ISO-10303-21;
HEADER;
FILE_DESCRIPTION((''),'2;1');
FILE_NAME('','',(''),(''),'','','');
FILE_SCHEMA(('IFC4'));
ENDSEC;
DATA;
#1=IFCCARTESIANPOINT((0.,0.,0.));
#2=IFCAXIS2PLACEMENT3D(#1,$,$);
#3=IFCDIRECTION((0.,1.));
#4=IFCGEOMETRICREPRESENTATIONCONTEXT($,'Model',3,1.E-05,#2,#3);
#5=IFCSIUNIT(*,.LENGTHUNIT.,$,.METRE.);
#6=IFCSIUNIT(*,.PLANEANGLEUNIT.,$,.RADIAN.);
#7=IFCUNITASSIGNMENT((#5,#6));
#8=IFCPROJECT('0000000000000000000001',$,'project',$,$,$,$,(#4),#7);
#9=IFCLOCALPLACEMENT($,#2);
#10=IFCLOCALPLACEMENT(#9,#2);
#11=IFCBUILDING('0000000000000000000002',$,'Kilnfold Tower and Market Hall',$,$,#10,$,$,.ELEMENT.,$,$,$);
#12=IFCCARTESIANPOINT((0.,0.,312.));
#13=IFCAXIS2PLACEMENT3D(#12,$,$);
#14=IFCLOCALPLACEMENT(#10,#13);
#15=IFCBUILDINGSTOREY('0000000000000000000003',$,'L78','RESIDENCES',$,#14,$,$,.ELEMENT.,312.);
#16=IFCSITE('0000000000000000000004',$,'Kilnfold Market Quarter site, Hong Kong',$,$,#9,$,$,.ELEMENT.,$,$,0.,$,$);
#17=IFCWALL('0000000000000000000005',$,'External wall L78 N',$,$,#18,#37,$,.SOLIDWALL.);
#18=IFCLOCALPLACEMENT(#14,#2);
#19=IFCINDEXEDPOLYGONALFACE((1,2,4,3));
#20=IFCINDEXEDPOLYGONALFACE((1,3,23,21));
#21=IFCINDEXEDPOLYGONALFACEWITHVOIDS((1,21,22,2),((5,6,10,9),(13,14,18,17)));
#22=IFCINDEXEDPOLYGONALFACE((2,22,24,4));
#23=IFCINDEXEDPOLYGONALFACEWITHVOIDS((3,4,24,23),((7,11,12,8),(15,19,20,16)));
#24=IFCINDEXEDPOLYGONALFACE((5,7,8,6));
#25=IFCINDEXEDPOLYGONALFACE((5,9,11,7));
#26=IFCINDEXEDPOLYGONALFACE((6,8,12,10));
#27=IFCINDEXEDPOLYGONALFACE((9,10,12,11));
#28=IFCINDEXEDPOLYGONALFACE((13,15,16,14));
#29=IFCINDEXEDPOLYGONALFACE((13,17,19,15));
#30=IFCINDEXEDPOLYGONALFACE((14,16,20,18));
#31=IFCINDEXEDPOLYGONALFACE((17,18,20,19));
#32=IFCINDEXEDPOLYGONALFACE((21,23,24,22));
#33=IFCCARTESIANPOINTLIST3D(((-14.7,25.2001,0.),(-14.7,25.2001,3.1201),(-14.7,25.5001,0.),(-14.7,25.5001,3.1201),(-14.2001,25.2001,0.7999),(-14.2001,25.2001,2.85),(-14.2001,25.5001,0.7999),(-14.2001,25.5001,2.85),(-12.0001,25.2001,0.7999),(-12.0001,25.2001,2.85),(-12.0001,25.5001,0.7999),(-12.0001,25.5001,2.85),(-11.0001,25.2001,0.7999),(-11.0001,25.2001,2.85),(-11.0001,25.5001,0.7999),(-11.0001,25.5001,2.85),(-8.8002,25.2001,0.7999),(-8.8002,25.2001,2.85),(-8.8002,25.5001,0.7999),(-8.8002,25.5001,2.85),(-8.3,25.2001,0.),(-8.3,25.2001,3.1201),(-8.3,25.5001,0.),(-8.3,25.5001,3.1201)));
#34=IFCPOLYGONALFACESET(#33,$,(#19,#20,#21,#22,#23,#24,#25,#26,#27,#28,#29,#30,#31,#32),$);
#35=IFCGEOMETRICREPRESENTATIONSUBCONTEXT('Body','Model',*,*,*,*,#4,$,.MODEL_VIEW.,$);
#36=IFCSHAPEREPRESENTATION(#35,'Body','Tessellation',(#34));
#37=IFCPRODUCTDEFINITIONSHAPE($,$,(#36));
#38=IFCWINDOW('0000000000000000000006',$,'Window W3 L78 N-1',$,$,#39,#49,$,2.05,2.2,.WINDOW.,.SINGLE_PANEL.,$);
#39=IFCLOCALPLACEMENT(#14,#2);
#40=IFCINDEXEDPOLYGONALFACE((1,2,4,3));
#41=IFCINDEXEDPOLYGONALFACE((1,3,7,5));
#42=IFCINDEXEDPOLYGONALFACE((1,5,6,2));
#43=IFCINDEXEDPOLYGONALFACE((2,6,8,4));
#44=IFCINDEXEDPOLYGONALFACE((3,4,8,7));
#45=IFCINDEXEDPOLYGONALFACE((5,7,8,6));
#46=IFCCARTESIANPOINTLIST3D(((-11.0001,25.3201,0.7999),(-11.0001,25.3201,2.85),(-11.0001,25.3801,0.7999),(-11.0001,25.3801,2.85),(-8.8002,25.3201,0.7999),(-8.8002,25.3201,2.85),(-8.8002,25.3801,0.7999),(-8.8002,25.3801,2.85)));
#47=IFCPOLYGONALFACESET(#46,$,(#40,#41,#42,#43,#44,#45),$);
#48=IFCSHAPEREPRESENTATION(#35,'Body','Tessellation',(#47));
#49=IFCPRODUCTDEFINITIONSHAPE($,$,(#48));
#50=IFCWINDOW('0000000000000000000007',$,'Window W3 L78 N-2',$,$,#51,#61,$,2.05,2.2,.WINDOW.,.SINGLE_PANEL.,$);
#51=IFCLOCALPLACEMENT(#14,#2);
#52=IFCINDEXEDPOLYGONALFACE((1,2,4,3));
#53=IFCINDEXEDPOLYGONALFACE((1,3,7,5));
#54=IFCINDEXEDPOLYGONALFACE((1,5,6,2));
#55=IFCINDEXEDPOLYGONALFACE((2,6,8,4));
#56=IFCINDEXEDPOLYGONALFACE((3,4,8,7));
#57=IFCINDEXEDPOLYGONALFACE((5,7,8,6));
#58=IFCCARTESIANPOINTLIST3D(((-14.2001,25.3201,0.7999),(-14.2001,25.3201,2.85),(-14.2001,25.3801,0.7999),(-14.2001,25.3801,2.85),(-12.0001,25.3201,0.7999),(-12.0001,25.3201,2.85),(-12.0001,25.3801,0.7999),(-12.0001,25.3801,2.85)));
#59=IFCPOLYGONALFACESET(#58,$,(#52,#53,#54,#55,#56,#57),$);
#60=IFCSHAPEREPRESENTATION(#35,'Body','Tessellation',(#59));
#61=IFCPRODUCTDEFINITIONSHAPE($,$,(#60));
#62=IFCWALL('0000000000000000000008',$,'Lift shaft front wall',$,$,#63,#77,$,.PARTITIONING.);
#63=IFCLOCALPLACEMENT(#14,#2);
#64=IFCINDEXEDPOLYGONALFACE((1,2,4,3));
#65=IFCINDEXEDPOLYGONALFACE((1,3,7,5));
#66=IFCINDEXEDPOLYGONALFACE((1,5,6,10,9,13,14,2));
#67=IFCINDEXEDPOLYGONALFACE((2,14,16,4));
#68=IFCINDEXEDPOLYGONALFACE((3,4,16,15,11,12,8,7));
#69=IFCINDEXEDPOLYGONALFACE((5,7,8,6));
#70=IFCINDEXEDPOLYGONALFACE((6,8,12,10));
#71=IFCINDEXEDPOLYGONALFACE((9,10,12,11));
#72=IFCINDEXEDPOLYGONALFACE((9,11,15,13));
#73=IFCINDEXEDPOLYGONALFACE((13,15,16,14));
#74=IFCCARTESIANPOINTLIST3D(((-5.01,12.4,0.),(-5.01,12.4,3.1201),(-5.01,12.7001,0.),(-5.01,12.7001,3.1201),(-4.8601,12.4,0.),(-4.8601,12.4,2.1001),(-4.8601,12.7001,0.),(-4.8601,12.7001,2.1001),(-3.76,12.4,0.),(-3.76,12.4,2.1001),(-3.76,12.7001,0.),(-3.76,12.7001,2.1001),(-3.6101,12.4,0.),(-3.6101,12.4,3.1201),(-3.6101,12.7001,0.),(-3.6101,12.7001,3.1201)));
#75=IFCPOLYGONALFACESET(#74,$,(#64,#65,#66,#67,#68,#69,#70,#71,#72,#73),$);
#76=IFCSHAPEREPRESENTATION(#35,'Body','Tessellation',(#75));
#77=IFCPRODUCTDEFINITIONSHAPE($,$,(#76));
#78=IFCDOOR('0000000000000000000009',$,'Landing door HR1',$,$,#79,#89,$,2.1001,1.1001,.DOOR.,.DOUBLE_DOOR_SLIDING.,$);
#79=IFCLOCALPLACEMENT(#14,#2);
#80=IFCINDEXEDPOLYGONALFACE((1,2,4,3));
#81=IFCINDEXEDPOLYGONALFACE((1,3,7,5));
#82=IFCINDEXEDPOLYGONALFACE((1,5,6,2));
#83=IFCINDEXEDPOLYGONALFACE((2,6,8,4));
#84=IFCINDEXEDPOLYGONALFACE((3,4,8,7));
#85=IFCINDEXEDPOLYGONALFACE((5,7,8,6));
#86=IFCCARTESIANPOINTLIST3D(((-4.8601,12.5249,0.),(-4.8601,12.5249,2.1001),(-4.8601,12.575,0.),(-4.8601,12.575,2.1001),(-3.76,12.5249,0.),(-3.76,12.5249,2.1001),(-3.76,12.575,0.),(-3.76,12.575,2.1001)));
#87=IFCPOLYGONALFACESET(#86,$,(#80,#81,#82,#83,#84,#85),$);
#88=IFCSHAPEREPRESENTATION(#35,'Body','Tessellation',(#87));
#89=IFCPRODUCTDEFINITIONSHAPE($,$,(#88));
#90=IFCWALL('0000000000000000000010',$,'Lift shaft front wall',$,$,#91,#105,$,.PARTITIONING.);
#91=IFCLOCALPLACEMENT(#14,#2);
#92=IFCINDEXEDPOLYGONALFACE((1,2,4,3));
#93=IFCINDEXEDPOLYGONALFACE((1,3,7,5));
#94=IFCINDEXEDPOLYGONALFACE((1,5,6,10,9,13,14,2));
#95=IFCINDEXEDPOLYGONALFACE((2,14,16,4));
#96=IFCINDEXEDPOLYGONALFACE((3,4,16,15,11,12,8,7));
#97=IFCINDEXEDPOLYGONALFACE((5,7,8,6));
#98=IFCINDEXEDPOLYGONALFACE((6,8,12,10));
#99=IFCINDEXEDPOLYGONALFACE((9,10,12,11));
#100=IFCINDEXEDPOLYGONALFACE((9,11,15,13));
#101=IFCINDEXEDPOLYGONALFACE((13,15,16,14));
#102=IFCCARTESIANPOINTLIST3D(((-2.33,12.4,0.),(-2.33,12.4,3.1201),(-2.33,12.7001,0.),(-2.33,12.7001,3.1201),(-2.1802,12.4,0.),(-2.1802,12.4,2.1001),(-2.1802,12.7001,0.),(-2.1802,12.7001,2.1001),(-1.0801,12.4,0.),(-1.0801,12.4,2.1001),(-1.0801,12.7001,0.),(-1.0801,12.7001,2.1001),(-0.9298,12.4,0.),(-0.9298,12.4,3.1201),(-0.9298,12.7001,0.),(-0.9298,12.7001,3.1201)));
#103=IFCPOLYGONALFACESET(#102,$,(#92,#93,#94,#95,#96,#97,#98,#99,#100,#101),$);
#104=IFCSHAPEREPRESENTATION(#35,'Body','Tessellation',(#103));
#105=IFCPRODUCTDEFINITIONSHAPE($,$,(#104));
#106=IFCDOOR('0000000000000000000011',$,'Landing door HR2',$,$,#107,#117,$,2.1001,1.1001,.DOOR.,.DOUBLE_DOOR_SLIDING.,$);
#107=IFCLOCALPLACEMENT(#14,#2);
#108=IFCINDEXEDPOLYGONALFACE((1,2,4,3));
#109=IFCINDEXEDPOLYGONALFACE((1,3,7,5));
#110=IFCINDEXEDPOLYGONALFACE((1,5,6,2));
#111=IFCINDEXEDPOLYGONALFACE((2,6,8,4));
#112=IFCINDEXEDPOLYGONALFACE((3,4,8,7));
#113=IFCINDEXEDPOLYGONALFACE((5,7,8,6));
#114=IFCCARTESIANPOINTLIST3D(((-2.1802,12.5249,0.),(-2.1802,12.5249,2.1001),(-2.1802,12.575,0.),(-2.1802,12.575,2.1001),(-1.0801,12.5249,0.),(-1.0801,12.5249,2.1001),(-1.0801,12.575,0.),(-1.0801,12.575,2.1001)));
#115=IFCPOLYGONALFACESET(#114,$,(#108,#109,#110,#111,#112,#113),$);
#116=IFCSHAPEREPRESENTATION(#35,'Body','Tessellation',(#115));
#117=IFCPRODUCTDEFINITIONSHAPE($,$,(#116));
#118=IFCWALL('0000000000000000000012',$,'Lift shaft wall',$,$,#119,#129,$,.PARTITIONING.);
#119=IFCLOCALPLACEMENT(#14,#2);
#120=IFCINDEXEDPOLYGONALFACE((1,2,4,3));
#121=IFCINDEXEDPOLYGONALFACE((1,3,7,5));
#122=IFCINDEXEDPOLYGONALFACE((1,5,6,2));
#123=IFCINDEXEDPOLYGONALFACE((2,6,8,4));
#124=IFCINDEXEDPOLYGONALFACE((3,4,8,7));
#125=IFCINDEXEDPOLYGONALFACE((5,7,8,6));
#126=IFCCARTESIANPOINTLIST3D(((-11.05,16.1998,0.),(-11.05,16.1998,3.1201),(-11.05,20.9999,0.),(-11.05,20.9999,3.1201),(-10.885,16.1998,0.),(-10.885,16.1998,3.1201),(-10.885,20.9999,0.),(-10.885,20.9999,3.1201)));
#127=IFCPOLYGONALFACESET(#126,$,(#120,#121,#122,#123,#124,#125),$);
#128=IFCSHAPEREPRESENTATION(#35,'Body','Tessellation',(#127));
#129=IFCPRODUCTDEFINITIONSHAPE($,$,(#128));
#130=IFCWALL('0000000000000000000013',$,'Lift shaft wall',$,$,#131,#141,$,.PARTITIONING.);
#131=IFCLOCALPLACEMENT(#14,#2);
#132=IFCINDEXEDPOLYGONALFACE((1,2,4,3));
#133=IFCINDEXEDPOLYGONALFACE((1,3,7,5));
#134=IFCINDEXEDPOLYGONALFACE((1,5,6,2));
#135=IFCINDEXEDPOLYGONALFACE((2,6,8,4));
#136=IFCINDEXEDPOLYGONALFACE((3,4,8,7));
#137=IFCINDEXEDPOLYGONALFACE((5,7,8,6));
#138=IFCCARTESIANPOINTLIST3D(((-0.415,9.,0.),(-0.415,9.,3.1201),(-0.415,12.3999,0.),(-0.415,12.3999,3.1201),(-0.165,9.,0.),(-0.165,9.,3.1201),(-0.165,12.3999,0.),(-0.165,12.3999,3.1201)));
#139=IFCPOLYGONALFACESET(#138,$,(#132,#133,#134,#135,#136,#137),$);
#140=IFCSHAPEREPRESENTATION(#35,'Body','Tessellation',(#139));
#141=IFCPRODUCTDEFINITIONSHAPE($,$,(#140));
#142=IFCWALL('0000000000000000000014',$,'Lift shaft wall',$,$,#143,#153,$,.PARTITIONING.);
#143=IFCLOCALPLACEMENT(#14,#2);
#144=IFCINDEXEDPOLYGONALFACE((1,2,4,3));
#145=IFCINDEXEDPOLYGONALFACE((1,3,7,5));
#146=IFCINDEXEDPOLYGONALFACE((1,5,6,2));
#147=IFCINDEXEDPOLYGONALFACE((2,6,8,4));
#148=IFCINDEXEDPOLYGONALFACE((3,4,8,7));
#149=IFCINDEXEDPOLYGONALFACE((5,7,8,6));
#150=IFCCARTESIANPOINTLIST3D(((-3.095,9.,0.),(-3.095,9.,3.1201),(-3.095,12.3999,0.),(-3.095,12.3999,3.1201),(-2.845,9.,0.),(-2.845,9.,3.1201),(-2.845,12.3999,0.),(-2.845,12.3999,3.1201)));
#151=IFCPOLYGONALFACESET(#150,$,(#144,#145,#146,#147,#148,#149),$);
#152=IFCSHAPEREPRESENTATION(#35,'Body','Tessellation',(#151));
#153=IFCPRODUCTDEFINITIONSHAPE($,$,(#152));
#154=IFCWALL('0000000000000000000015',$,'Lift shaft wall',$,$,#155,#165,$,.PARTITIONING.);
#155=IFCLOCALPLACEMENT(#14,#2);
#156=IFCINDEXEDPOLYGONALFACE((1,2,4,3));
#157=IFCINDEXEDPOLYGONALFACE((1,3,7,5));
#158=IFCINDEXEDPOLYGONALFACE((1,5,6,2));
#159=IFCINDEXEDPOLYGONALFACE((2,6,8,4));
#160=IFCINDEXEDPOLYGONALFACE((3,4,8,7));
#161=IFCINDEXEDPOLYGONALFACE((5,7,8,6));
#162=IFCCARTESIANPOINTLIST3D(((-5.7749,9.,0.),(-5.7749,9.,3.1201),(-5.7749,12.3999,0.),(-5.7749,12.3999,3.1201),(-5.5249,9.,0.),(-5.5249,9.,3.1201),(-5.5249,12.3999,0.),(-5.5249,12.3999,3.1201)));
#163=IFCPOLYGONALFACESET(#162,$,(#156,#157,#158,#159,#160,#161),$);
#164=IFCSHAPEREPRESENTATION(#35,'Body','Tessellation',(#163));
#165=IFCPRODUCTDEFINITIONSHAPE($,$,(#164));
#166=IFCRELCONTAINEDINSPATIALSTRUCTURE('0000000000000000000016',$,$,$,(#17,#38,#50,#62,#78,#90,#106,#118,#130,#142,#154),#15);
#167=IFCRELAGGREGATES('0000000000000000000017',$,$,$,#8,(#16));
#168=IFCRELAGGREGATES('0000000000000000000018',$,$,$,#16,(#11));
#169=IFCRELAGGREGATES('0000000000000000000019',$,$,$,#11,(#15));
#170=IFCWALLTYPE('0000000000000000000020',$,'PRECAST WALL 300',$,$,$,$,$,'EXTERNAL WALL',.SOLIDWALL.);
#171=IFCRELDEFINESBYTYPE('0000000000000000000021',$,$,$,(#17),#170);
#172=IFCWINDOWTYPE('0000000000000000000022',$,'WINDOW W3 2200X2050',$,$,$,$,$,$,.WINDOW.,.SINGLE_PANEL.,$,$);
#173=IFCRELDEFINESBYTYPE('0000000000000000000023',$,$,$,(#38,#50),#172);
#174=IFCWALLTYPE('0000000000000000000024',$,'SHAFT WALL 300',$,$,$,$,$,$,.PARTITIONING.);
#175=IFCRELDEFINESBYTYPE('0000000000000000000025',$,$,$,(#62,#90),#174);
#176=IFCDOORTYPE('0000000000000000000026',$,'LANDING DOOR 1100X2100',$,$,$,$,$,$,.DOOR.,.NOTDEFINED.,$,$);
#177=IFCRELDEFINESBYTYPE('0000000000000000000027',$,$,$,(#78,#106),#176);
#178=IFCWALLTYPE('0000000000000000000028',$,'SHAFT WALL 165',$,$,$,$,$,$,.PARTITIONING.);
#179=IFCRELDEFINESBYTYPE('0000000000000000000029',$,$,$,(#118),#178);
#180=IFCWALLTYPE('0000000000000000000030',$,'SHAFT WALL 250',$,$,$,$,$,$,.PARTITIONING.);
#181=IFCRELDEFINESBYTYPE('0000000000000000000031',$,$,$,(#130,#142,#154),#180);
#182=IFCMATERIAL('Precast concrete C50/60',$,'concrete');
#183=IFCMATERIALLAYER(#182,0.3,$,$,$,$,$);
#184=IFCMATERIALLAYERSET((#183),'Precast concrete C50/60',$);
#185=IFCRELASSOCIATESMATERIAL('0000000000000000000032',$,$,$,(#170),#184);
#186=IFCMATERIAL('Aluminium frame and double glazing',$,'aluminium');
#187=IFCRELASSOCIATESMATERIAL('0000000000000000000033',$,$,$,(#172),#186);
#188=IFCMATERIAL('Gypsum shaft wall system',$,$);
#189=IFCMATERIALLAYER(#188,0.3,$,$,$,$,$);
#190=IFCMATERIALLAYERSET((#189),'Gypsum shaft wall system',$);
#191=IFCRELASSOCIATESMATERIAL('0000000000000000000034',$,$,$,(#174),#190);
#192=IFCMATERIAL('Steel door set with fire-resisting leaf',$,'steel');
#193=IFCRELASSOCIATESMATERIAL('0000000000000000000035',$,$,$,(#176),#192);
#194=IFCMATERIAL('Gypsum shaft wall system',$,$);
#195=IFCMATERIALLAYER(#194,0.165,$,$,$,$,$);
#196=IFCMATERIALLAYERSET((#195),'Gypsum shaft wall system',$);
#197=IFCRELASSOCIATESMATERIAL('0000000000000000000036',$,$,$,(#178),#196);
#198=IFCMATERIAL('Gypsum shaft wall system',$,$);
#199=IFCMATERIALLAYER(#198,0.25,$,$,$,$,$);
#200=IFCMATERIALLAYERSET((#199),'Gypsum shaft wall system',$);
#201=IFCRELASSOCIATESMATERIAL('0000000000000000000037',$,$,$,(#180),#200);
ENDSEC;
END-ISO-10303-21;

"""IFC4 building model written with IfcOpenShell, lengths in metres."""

from ifc_helpers import new_model, si_unit, direction, frame, frame_2d, origin, place, context, subcontext, project, spatial, rectangle, extrude, source, transform, mapped, material, layer, layer_set, type_object, element, fill, save


model = new_model("IFC4")

# Units and contexts
model_context = context("Model", 3, precision=1e-05, world=origin(), true_north=direction((0.0, 1.0)))
body_context = subcontext(model_context, "Body", "Model", "MODEL_VIEW")
ifc_project = project(units=[si_unit("LENGTHUNIT", "METRE"), si_unit("PLANEANGLEUNIT", "RADIAN")], contexts=[model_context])

# Site, building, storey
site_placement = place(None, origin())
site = spatial("IfcSite", under=ifc_project, at=site_placement, Name="Kilnfold Market Quarter site, Hong Kong", CompositionType="ELEMENT", RefElevation=0.0)
building_placement = place(site_placement, origin())
building = spatial("IfcBuilding", under=site, at=building_placement, Name="Kilnfold Tower and Market Hall", CompositionType="ELEMENT")
storey_placement = place(building_placement, frame((0.0, 0.0, 312.0)))
storey = spatial("IfcBuildingStorey", under=building, at=storey_placement, Name="L78", Description="RESIDENCES", CompositionType="ELEMENT", Elevation=312.0)

# Wall, openings, windows
ifc_material_1 = material(Name="Precast concrete C50/60", Category="concrete")
ifc_layer_1 = layer(ifc_material_1, 0.3)
ifc_layer_set_1 = layer_set([ifc_layer_1], Name="Precast concrete C50/60")
wall_type_1 = type_object("IfcWallType", Name="PRECAST WALL 300", ElementType="EXTERNAL WALL", PredefinedType="SOLIDWALL", material=ifc_layer_set_1)
shared_shape_1 = source(origin(), body_context, "Body", "SweptSolid", [
    extrude(rectangle(XDim=6.3999, YDim=0.3, at=frame_2d((3.2, 0.0))), origin(), (0.0, 0.0, 1.0), 3.1201),
])
ifc_material_2 = material(Name="Aluminium frame and double glazing", Category="aluminium")
window_type = type_object("IfcWindowType", Name="WINDOW W3 2200X2050", PartitioningType="SINGLE_PANEL", PredefinedType="WINDOW", material=ifc_material_2)
wall_1_placement = place(storey_placement, frame((-8.3, 25.3501, 0.0), z_axis=(0.0, 0.0, 1.0), x_axis=(-1.0, 0.0, 0.0)))
wall_1 = element("IfcWall", 1, at=wall_1_placement, inside=storey, type_object=wall_type_1, Name="External wall L78 N", PredefinedType="SOLIDWALL", context=body_context, shape_type="MappedRepresentation", body=[
    mapped(shared_shape_1, transform((0.0, 0.0, 0.0))),
])
opening_1_placement = place(wall_1_placement, frame((0.5, 0.0, 0.8)))
opening_1 = element("IfcOpeningElement", 2, at=opening_1_placement, cuts=wall_1, PredefinedType="OPENING", context=body_context, shape_type="SweptSolid", body=[
    extrude(rectangle(XDim=2.2, YDim=2.05, at=frame_2d((1.1001, 1.0249))), frame((0.0, 0.1602, 0.0), z_axis=(0.0, -1.0, 0.0), x_axis=(1.0, 0.0, 0.0)), (0.0, 0.0, 1.0), 0.3201),
])
opening_2_placement = place(wall_1_placement, frame((3.7, 0.0, 0.8)))
opening_2 = element("IfcOpeningElement", 3, at=opening_2_placement, cuts=wall_1, PredefinedType="OPENING", context=body_context, shape_type="SweptSolid", body=[
    extrude(rectangle(XDim=2.2, YDim=2.05, at=frame_2d((1.1001, 1.0249))), frame((0.0, 0.1602, 0.0), z_axis=(0.0, -1.0, 0.0), x_axis=(1.0, 0.0, 0.0)), (0.0, 0.0, 1.0), 0.3201),
])
window_1_placement = place(opening_1_placement, origin())
window_1 = element("IfcWindow", 4, at=window_1_placement, inside=storey, type_object=window_type, Name="Window W3 L78 N-1", OverallHeight=2.05, OverallWidth=2.2, PartitioningType="SINGLE_PANEL", PredefinedType="WINDOW", context=body_context, shape_type="SweptSolid", body=[
    extrude(rectangle(XDim=2.2, YDim=2.05, at=frame_2d((1.1001, 1.0249))), frame((0.0, 0.03, 0.0), z_axis=(0.0, -1.0, 0.0), x_axis=(1.0, 0.0, 0.0)), (0.0, 0.0, 1.0), 0.0601),
])
fill(opening_1, window_1)
window_2_placement = place(opening_2_placement, origin())
window_2 = element("IfcWindow", 5, at=window_2_placement, inside=storey, type_object=window_type, Name="Window W3 L78 N-2", OverallHeight=2.05, OverallWidth=2.2, PartitioningType="SINGLE_PANEL", PredefinedType="WINDOW", context=body_context, shape_type="SweptSolid", body=[
    extrude(rectangle(XDim=2.2, YDim=2.05, at=frame_2d((1.1001, 1.0249))), frame((0.0, 0.03, 0.0), z_axis=(0.0, -1.0, 0.0), x_axis=(1.0, 0.0, 0.0)), (0.0, 0.0, 1.0), 0.0601),
])
fill(opening_2, window_2)

# Walls, openings, doors
ifc_material_3 = material(Name="Gypsum shaft wall system")
ifc_layer_2 = layer(ifc_material_3, 0.3)
ifc_layer_set_2 = layer_set([ifc_layer_2], Name="Gypsum shaft wall system")
wall_type_2 = type_object("IfcWallType", Name="SHAFT WALL 300", PredefinedType="PARTITIONING", material=ifc_layer_set_2)
shared_shape_2 = source(origin(), body_context, "Body", "SweptSolid", [
    extrude(rectangle(XDim=1.3999, YDim=0.3, at=frame_2d((0.7, 0.0))), origin(), (0.0, 0.0, 1.0), 3.1201),
])
wall_2_placement = place(storey_placement, frame((-5.01, 12.55, 0.0), z_axis=(0.0, 0.0, 1.0), x_axis=(1.0, 0.0, 0.0)))
wall_2 = element("IfcWall", 6, at=wall_2_placement, inside=storey, type_object=wall_type_2, Name="Lift shaft front wall", PredefinedType="PARTITIONING", context=body_context, shape_type="MappedRepresentation", body=[
    mapped(shared_shape_2, transform((0.0, 0.0, 0.0))),
])
opening_3_placement = place(wall_2_placement, frame((0.1499, 0.0, 0.0)))
opening_3 = element("IfcOpeningElement", 7, at=opening_3_placement, cuts=wall_2, PredefinedType="OPENING", context=body_context, shape_type="SweptSolid", body=[
    extrude(rectangle(XDim=1.1001, YDim=2.1001, at=frame_2d((0.55, 1.05))), frame((0.0, 0.1602, 0.0), z_axis=(0.0, -1.0, 0.0), x_axis=(1.0, 0.0, 0.0)), (0.0, 0.0, 1.0), 0.3201),
])
ifc_material_4 = material(Name="Steel door set with fire-resisting leaf", Category="steel")
door_type = type_object("IfcDoorType", Name="LANDING DOOR 1100X2100", OperationType="NOTDEFINED", PredefinedType="DOOR", material=ifc_material_4)
door_1_placement = place(opening_3_placement, origin())
door_1 = element("IfcDoor", 8, at=door_1_placement, inside=storey, type_object=door_type, Name="Landing door HR1", OperationType="DOUBLE_DOOR_SLIDING", OverallHeight=2.1001, OverallWidth=1.1001, PredefinedType="DOOR", context=body_context, shape_type="SweptSolid", body=[
    extrude(rectangle(XDim=1.1001, YDim=2.1001, at=frame_2d((0.55, 1.05))), frame((0.0, 0.0249, 0.0), z_axis=(0.0, -1.0, 0.0), x_axis=(1.0, 0.0, 0.0)), (0.0, 0.0, 1.0), 0.05),
])
fill(opening_3, door_1)
shared_shape_3 = source(origin(), body_context, "Body", "SweptSolid", [
    extrude(rectangle(XDim=1.4001, YDim=0.3, at=frame_2d((0.7002, 0.0))), origin(), (0.0, 0.0, 1.0), 3.1201),
])
wall_3_placement = place(storey_placement, frame((-2.3301, 12.55, 0.0), z_axis=(0.0, 0.0, 1.0), x_axis=(1.0, 0.0, 0.0)))
wall_3 = element("IfcWall", 9, at=wall_3_placement, inside=storey, type_object=wall_type_2, Name="Lift shaft front wall", PredefinedType="PARTITIONING", context=body_context, shape_type="MappedRepresentation", body=[
    mapped(shared_shape_3, transform((0.0, 0.0, 0.0))),
])
opening_4_placement = place(wall_3_placement, frame((0.1499, 0.0, 0.0)))
opening_4 = element("IfcOpeningElement", 10, at=opening_4_placement, cuts=wall_3, PredefinedType="OPENING", context=body_context, shape_type="SweptSolid", body=[
    extrude(rectangle(XDim=1.1001, YDim=2.1001, at=frame_2d((0.55, 1.05))), frame((0.0, 0.1602, 0.0), z_axis=(0.0, -1.0, 0.0), x_axis=(1.0, 0.0, 0.0)), (0.0, 0.0, 1.0), 0.3201),
])
door_2_placement = place(opening_4_placement, origin())
door_2 = element("IfcDoor", 11, at=door_2_placement, inside=storey, type_object=door_type, Name="Landing door HR2", OperationType="DOUBLE_DOOR_SLIDING", OverallHeight=2.1001, OverallWidth=1.1001, PredefinedType="DOOR", context=body_context, shape_type="SweptSolid", body=[
    extrude(rectangle(XDim=1.1001, YDim=2.1001, at=frame_2d((0.55, 1.05))), frame((0.0, 0.0249, 0.0), z_axis=(0.0, -1.0, 0.0), x_axis=(1.0, 0.0, 0.0)), (0.0, 0.0, 1.0), 0.05),
])
fill(opening_4, door_2)

# Walls
ifc_material_5 = material(Name="Gypsum shaft wall system")
ifc_layer_3 = layer(ifc_material_5, 0.165)
ifc_layer_set_3 = layer_set([ifc_layer_3], Name="Gypsum shaft wall system")
wall_type_3 = type_object("IfcWallType", Name="SHAFT WALL 165", PredefinedType="PARTITIONING", material=ifc_layer_set_3)
shared_shape_4 = source(origin(), body_context, "Body", "SweptSolid", [
    extrude(rectangle(XDim=4.8, YDim=0.165, at=frame_2d((2.3999, 0.0))), origin(), (0.0, 0.0, 1.0), 3.1201),
])
wall_4_placement = place(storey_placement, frame((-10.9675, 16.2, 0.0), z_axis=(0.0, 0.0, 1.0), x_axis=(0.0, 1.0, 0.0)))
element("IfcWall", 12, at=wall_4_placement, inside=storey, type_object=wall_type_3, Name="Lift shaft wall", PredefinedType="PARTITIONING", context=body_context, shape_type="MappedRepresentation", body=[
    mapped(shared_shape_4, transform((0.0, 0.0, 0.0))),
])
ifc_material_6 = material(Name="Gypsum shaft wall system")
ifc_layer_4 = layer(ifc_material_6, 0.25)
ifc_layer_set_4 = layer_set([ifc_layer_4], Name="Gypsum shaft wall system")
wall_type_4 = type_object("IfcWallType", Name="SHAFT WALL 250", PredefinedType="PARTITIONING", material=ifc_layer_set_4)
shared_shape_5 = source(origin(), body_context, "Body", "SweptSolid", [
    extrude(rectangle(XDim=3.3999, YDim=0.25, at=frame_2d((1.7, 0.0))), origin(), (0.0, 0.0, 1.0), 3.1201),
])
for number, where, z_axis, x_axis, name in (
    (13, (-0.29, 9.0, 0.0), (0.0, 0.0, 1.0), (0.0, 1.0, 0.0), "Lift shaft wall"),
    (14, (-2.97, 9.0, 0.0), (0.0, 0.0, 1.0), (0.0, 1.0, 0.0), "Lift shaft wall"),
    (15, (-5.6499, 9.0, 0.0), (0.0, 0.0, 1.0), (0.0, 1.0, 0.0), "Lift shaft wall"),
):
    element("IfcWall", number, at=place(storey_placement, frame(where, z_axis=z_axis, x_axis=x_axis)), inside=storey, type_object=wall_type_4, Name=name, PredefinedType="PARTITIONING", context=body_context, shape_type="MappedRepresentation", body=[
        mapped(shared_shape_5, transform((0.0, 0.0, 0.0))),
    ])

save(model, "model.ifc")
